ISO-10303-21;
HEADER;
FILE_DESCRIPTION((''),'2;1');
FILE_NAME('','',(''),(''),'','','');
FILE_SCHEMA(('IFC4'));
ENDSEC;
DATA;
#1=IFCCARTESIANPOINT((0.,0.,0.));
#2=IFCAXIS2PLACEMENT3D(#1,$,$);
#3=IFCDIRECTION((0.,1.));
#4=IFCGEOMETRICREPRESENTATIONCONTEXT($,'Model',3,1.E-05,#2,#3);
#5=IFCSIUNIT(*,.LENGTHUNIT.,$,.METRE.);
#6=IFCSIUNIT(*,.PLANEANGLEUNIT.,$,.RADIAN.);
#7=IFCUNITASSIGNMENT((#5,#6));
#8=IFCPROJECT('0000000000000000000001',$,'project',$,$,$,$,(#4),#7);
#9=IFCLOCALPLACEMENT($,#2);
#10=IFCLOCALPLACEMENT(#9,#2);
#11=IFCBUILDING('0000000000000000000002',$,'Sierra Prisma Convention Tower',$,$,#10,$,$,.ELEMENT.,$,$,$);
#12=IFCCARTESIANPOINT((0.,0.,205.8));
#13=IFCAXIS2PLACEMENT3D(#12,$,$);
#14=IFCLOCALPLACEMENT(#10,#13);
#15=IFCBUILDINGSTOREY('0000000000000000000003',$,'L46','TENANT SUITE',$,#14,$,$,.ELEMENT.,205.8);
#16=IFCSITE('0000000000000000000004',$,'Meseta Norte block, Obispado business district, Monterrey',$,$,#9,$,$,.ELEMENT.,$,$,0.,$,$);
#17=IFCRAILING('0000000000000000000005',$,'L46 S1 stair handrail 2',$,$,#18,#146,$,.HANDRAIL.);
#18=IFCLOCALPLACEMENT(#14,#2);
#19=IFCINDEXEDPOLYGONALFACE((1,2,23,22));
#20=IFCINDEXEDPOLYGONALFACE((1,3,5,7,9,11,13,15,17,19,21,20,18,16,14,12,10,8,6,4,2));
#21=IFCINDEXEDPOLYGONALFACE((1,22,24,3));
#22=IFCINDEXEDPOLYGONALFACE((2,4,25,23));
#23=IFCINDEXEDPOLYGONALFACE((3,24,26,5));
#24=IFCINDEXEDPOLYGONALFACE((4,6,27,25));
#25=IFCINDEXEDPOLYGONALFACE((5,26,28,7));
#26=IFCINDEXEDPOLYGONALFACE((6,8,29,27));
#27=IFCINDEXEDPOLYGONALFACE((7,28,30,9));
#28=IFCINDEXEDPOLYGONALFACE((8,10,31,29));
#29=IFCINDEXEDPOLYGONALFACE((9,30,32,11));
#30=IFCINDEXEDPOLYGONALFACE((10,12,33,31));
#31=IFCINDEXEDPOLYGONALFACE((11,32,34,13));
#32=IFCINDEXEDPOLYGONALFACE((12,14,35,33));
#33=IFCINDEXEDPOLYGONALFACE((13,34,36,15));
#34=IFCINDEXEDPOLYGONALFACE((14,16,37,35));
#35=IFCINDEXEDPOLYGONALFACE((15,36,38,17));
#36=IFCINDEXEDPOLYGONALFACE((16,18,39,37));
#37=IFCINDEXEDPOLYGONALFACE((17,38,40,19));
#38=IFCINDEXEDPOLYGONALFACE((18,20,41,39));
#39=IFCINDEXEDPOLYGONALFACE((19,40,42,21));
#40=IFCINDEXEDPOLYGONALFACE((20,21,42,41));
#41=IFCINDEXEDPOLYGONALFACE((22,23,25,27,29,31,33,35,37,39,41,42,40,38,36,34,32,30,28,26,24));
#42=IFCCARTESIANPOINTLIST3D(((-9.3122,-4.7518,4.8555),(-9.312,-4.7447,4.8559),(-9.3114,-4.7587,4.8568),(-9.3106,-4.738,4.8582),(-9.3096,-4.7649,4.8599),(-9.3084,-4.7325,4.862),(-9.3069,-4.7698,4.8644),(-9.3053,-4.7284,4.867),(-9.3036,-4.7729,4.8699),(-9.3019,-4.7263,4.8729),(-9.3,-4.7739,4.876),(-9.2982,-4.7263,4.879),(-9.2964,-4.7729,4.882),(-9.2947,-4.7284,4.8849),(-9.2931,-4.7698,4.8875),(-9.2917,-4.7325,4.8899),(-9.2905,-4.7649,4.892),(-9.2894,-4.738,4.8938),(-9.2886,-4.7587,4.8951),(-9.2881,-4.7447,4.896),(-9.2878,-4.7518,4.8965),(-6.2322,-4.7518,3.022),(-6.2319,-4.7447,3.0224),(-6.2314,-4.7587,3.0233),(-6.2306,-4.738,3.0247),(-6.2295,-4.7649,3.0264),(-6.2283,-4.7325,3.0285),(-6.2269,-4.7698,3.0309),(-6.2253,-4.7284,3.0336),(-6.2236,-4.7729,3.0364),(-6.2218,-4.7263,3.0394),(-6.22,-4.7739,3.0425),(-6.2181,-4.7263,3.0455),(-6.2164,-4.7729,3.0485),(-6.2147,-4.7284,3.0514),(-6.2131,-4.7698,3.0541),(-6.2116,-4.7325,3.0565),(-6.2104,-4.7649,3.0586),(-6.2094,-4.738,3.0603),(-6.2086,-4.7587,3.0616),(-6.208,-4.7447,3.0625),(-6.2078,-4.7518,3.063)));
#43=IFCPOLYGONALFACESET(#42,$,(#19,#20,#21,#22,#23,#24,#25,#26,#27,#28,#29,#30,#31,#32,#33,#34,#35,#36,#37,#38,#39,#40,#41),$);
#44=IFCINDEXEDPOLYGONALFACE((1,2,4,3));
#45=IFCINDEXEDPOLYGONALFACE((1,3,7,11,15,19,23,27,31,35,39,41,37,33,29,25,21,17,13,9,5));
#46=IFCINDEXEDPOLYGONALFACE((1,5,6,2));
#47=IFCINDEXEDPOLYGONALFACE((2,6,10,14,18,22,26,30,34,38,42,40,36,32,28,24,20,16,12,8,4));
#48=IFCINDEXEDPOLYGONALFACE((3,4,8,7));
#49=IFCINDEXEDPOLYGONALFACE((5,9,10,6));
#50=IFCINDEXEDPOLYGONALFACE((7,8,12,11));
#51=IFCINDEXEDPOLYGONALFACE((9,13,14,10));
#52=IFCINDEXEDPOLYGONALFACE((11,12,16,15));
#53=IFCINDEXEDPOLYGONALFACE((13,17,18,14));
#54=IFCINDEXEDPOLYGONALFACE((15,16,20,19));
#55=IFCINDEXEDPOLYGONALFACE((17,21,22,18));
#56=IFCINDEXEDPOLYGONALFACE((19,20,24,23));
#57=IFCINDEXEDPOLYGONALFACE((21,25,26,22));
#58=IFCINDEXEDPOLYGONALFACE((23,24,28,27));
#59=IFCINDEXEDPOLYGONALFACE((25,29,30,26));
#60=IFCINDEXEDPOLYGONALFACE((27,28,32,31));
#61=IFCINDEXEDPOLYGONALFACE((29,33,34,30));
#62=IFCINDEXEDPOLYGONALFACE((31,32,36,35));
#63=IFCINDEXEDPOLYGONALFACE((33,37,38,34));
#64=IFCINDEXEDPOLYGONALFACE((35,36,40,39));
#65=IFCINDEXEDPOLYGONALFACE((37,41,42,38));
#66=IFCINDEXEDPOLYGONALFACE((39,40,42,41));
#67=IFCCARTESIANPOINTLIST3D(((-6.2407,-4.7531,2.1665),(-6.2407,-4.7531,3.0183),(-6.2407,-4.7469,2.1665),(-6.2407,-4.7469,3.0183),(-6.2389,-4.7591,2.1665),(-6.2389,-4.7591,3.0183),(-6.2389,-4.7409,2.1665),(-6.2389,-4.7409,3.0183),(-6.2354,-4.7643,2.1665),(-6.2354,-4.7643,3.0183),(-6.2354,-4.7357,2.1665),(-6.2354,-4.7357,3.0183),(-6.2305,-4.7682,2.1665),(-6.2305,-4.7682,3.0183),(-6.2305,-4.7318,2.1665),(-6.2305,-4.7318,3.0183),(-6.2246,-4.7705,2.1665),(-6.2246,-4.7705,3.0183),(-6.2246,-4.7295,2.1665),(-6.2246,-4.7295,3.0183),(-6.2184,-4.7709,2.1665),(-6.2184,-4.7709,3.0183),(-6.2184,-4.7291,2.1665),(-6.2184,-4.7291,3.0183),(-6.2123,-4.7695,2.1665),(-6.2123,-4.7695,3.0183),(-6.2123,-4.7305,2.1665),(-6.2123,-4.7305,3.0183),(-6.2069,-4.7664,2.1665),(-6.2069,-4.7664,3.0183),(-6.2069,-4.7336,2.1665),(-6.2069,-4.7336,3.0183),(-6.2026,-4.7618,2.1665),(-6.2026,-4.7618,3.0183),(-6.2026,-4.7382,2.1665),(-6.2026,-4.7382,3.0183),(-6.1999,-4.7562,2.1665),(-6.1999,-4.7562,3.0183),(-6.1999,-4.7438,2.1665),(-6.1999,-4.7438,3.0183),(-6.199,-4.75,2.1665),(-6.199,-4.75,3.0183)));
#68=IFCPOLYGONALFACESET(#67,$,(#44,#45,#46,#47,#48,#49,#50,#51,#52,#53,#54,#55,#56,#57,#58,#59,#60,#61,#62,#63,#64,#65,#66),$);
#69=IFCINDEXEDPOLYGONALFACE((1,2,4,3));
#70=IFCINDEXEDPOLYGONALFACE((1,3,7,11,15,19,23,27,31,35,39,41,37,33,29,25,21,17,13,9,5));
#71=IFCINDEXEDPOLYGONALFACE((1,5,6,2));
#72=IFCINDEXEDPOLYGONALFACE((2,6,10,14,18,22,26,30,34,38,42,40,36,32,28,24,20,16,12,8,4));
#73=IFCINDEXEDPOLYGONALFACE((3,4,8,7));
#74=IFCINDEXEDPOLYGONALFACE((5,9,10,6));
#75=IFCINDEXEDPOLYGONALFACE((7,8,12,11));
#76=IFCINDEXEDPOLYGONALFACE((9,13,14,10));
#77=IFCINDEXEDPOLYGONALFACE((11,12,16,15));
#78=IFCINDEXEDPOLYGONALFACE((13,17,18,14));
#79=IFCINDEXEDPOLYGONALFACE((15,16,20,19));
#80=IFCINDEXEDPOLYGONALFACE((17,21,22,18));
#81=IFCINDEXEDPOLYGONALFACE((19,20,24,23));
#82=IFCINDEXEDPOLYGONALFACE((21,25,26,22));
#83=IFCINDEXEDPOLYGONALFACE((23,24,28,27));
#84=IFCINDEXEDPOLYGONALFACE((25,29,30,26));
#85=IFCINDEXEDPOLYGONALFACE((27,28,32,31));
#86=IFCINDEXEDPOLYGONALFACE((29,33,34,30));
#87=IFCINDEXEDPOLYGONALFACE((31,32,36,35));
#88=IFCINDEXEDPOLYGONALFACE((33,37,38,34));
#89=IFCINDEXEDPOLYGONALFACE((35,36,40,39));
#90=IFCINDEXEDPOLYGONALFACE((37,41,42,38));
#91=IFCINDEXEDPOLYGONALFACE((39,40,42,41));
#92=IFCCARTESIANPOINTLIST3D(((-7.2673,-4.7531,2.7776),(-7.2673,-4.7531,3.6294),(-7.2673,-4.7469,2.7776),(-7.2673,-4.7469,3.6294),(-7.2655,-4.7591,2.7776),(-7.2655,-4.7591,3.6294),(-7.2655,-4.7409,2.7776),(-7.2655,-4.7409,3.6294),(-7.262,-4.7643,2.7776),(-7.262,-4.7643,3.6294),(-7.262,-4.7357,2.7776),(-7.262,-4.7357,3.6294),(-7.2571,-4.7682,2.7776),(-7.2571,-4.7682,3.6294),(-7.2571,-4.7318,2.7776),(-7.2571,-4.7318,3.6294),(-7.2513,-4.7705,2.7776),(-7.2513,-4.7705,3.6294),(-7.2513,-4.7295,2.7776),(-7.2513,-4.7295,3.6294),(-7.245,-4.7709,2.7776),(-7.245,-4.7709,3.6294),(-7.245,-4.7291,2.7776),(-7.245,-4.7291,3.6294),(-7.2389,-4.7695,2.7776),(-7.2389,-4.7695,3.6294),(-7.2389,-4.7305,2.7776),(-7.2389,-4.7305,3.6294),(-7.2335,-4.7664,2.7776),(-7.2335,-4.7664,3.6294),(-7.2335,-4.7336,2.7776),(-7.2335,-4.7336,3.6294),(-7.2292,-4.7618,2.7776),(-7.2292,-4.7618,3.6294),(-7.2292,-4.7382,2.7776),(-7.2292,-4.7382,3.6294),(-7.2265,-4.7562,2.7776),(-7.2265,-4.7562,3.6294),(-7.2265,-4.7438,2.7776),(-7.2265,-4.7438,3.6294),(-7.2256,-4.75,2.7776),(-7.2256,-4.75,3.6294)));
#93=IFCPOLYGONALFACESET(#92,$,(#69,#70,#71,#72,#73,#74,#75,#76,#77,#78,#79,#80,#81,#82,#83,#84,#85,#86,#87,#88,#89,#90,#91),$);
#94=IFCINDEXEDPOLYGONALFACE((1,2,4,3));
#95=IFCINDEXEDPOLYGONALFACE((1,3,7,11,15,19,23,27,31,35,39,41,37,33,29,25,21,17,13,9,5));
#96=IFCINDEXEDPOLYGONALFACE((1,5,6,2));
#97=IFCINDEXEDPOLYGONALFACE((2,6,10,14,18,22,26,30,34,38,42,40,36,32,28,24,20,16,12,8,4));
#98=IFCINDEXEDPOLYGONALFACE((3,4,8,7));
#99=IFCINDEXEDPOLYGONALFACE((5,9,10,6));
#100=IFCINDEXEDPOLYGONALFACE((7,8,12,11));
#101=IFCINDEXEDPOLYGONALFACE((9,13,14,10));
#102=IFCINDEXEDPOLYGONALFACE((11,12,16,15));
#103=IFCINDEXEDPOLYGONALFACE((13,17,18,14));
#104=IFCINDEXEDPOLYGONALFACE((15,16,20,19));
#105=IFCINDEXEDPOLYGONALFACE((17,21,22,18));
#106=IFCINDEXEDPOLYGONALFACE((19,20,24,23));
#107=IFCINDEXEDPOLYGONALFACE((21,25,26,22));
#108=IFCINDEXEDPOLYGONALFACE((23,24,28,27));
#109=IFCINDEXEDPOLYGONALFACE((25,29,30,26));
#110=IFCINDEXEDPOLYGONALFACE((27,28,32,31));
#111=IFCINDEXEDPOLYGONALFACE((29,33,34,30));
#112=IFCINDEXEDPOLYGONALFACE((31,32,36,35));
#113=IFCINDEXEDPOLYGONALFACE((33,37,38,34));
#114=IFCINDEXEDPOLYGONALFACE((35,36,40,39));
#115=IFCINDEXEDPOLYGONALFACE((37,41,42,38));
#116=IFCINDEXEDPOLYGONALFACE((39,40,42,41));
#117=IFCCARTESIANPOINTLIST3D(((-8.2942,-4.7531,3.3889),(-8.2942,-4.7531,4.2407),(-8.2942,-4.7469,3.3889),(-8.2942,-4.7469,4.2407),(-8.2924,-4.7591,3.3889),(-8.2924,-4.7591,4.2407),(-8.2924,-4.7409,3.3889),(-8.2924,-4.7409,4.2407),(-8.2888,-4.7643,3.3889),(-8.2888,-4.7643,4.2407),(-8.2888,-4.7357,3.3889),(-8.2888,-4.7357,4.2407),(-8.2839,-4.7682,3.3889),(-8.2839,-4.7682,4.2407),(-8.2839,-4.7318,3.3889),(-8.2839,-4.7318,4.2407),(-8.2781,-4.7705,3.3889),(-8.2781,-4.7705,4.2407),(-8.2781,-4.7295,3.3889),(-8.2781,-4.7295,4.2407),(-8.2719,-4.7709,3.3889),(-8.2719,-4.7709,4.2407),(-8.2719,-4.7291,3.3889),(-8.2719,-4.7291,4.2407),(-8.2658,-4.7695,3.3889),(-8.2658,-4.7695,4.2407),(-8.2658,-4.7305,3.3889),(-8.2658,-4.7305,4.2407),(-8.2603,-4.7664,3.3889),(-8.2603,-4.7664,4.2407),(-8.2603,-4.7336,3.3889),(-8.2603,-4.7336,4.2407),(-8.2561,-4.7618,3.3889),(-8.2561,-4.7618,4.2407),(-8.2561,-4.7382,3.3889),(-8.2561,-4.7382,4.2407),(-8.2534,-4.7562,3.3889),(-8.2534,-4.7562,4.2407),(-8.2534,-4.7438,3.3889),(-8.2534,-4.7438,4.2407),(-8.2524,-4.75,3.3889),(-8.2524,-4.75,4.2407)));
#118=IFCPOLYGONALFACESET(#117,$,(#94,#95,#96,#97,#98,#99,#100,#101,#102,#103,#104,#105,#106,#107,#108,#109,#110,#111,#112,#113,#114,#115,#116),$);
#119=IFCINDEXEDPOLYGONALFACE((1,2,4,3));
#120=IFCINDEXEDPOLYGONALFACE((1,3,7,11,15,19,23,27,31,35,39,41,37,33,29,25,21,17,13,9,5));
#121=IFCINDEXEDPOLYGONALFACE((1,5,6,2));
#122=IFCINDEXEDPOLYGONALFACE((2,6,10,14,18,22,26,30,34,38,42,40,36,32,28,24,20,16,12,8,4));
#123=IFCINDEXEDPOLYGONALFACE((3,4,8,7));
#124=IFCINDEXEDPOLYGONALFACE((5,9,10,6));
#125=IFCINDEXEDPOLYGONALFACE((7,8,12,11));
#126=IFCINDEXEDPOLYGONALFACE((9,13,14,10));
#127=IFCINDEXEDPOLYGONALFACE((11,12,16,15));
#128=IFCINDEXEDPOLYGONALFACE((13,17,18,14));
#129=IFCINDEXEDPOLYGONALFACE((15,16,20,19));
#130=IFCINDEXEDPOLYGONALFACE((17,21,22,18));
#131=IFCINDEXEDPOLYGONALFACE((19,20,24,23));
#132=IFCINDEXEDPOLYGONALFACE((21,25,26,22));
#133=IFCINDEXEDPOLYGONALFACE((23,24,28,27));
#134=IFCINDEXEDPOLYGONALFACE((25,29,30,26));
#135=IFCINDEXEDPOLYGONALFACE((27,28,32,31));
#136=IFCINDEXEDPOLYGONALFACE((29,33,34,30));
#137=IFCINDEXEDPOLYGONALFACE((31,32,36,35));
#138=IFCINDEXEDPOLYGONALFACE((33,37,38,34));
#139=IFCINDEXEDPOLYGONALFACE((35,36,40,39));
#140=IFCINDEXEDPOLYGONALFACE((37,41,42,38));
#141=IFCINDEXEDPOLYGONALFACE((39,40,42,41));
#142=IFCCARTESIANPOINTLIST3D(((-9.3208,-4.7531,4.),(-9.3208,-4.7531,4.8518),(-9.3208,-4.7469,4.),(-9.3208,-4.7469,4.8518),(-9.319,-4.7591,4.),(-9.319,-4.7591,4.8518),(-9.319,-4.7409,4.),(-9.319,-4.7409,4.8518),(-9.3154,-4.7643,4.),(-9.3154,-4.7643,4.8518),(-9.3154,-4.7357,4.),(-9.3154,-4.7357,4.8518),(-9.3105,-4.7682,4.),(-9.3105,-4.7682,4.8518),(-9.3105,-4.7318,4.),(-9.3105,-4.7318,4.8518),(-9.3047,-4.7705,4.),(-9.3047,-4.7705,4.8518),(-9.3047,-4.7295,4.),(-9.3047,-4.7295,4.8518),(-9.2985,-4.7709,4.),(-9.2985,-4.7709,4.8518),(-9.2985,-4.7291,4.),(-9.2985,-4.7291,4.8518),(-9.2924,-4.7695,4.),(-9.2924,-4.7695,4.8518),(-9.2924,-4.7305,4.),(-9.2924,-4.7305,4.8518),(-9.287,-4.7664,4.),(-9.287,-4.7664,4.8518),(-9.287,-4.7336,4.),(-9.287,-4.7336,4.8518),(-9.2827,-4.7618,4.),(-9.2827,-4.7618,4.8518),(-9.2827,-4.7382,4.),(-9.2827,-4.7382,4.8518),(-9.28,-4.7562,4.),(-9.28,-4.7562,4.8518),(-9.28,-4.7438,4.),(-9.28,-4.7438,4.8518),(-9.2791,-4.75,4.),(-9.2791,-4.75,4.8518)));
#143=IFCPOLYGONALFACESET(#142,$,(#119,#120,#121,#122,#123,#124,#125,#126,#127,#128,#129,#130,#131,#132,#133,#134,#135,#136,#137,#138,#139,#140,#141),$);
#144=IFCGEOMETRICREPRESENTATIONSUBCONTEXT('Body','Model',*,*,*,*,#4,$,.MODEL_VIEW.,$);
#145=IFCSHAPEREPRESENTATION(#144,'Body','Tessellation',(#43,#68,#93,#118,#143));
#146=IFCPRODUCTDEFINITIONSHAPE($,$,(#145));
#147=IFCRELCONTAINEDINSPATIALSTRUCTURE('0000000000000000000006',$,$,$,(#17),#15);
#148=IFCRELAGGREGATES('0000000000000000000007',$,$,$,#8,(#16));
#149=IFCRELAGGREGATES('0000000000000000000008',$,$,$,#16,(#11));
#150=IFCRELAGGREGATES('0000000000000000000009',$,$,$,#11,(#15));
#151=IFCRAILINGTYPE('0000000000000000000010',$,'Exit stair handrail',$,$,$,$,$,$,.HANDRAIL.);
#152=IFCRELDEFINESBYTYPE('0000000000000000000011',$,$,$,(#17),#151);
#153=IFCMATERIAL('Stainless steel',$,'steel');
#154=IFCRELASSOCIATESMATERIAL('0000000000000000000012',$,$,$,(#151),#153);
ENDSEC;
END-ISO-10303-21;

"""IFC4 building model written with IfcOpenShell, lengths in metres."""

from ifc_helpers import new_model, si_unit, direction, frame, origin, origin_2d, place, context, subcontext, project, spatial, circle, extrude, material, type_object, element, save


model = new_model("IFC4")

# Units and contexts
model_context = context("Model", 3, precision=1e-05, world=origin(), true_north=direction((0.0, 1.0)))
body_context = subcontext(model_context, "Body", "Model", "MODEL_VIEW")
ifc_project = project(units=[si_unit("LENGTHUNIT", "METRE"), si_unit("PLANEANGLEUNIT", "RADIAN")], contexts=[model_context])

# Site, building, storey
site_placement = place(None, origin())
site = spatial("IfcSite", under=ifc_project, at=site_placement, Name="Meseta Norte block, Obispado business district, Monterrey", CompositionType="ELEMENT", RefElevation=0.0)
building_placement = place(site_placement, origin())
building = spatial("IfcBuilding", under=site, at=building_placement, Name="Sierra Prisma Convention Tower", CompositionType="ELEMENT")
storey_placement = place(building_placement, frame((0.0, 0.0, 205.8)))
storey = spatial("IfcBuildingStorey", under=building, at=storey_placement, Name="L46", Description="TENANT SUITE", CompositionType="ELEMENT", Elevation=205.8)

# Railing
ifc_material_1 = material(Name="Stainless steel", Category="steel")
railing_type_1 = type_object("IfcRailingType", Name="Exit stair handrail", PredefinedType="HANDRAIL", material=ifc_material_1)
railing_1_placement = place(storey_placement, frame((-6.22, -4.75, 2.1665)))
element("IfcRailing", 1, at=railing_1_placement, inside=storey, type_object=railing_type_1, Name="L46 S1 stair handrail 2", PredefinedType="HANDRAIL", context=body_context, shape_type="SweptSolid", body=[
    extrude(circle(Radius=0.0239, at=origin_2d()), frame((0.0, 0.0, 0.876), z_axis=(-0.859279, 0.0, 0.511508), x_axis=(0.0, -1.0, 0.0)), (0.0, 0.0, 1.0), 3.5845),
    extrude(circle(Radius=0.021, at=origin_2d()), origin(), (0.0, 0.0, 1.0), 0.8518),
    extrude(circle(Radius=0.021, at=origin_2d()), frame((-1.0266, 0.0, 0.6111)), (0.0, 0.0, 1.0), 0.8518),
    extrude(circle(Radius=0.021, at=origin_2d()), frame((-2.0535, 0.0, 1.2224)), (0.0, 0.0, 1.0), 0.8518),
    extrude(circle(Radius=0.021, at=origin_2d()), frame((-3.0801, 0.0, 1.8335)), (0.0, 0.0, 1.0), 0.8518),
])

save(model, "model.ifc")
